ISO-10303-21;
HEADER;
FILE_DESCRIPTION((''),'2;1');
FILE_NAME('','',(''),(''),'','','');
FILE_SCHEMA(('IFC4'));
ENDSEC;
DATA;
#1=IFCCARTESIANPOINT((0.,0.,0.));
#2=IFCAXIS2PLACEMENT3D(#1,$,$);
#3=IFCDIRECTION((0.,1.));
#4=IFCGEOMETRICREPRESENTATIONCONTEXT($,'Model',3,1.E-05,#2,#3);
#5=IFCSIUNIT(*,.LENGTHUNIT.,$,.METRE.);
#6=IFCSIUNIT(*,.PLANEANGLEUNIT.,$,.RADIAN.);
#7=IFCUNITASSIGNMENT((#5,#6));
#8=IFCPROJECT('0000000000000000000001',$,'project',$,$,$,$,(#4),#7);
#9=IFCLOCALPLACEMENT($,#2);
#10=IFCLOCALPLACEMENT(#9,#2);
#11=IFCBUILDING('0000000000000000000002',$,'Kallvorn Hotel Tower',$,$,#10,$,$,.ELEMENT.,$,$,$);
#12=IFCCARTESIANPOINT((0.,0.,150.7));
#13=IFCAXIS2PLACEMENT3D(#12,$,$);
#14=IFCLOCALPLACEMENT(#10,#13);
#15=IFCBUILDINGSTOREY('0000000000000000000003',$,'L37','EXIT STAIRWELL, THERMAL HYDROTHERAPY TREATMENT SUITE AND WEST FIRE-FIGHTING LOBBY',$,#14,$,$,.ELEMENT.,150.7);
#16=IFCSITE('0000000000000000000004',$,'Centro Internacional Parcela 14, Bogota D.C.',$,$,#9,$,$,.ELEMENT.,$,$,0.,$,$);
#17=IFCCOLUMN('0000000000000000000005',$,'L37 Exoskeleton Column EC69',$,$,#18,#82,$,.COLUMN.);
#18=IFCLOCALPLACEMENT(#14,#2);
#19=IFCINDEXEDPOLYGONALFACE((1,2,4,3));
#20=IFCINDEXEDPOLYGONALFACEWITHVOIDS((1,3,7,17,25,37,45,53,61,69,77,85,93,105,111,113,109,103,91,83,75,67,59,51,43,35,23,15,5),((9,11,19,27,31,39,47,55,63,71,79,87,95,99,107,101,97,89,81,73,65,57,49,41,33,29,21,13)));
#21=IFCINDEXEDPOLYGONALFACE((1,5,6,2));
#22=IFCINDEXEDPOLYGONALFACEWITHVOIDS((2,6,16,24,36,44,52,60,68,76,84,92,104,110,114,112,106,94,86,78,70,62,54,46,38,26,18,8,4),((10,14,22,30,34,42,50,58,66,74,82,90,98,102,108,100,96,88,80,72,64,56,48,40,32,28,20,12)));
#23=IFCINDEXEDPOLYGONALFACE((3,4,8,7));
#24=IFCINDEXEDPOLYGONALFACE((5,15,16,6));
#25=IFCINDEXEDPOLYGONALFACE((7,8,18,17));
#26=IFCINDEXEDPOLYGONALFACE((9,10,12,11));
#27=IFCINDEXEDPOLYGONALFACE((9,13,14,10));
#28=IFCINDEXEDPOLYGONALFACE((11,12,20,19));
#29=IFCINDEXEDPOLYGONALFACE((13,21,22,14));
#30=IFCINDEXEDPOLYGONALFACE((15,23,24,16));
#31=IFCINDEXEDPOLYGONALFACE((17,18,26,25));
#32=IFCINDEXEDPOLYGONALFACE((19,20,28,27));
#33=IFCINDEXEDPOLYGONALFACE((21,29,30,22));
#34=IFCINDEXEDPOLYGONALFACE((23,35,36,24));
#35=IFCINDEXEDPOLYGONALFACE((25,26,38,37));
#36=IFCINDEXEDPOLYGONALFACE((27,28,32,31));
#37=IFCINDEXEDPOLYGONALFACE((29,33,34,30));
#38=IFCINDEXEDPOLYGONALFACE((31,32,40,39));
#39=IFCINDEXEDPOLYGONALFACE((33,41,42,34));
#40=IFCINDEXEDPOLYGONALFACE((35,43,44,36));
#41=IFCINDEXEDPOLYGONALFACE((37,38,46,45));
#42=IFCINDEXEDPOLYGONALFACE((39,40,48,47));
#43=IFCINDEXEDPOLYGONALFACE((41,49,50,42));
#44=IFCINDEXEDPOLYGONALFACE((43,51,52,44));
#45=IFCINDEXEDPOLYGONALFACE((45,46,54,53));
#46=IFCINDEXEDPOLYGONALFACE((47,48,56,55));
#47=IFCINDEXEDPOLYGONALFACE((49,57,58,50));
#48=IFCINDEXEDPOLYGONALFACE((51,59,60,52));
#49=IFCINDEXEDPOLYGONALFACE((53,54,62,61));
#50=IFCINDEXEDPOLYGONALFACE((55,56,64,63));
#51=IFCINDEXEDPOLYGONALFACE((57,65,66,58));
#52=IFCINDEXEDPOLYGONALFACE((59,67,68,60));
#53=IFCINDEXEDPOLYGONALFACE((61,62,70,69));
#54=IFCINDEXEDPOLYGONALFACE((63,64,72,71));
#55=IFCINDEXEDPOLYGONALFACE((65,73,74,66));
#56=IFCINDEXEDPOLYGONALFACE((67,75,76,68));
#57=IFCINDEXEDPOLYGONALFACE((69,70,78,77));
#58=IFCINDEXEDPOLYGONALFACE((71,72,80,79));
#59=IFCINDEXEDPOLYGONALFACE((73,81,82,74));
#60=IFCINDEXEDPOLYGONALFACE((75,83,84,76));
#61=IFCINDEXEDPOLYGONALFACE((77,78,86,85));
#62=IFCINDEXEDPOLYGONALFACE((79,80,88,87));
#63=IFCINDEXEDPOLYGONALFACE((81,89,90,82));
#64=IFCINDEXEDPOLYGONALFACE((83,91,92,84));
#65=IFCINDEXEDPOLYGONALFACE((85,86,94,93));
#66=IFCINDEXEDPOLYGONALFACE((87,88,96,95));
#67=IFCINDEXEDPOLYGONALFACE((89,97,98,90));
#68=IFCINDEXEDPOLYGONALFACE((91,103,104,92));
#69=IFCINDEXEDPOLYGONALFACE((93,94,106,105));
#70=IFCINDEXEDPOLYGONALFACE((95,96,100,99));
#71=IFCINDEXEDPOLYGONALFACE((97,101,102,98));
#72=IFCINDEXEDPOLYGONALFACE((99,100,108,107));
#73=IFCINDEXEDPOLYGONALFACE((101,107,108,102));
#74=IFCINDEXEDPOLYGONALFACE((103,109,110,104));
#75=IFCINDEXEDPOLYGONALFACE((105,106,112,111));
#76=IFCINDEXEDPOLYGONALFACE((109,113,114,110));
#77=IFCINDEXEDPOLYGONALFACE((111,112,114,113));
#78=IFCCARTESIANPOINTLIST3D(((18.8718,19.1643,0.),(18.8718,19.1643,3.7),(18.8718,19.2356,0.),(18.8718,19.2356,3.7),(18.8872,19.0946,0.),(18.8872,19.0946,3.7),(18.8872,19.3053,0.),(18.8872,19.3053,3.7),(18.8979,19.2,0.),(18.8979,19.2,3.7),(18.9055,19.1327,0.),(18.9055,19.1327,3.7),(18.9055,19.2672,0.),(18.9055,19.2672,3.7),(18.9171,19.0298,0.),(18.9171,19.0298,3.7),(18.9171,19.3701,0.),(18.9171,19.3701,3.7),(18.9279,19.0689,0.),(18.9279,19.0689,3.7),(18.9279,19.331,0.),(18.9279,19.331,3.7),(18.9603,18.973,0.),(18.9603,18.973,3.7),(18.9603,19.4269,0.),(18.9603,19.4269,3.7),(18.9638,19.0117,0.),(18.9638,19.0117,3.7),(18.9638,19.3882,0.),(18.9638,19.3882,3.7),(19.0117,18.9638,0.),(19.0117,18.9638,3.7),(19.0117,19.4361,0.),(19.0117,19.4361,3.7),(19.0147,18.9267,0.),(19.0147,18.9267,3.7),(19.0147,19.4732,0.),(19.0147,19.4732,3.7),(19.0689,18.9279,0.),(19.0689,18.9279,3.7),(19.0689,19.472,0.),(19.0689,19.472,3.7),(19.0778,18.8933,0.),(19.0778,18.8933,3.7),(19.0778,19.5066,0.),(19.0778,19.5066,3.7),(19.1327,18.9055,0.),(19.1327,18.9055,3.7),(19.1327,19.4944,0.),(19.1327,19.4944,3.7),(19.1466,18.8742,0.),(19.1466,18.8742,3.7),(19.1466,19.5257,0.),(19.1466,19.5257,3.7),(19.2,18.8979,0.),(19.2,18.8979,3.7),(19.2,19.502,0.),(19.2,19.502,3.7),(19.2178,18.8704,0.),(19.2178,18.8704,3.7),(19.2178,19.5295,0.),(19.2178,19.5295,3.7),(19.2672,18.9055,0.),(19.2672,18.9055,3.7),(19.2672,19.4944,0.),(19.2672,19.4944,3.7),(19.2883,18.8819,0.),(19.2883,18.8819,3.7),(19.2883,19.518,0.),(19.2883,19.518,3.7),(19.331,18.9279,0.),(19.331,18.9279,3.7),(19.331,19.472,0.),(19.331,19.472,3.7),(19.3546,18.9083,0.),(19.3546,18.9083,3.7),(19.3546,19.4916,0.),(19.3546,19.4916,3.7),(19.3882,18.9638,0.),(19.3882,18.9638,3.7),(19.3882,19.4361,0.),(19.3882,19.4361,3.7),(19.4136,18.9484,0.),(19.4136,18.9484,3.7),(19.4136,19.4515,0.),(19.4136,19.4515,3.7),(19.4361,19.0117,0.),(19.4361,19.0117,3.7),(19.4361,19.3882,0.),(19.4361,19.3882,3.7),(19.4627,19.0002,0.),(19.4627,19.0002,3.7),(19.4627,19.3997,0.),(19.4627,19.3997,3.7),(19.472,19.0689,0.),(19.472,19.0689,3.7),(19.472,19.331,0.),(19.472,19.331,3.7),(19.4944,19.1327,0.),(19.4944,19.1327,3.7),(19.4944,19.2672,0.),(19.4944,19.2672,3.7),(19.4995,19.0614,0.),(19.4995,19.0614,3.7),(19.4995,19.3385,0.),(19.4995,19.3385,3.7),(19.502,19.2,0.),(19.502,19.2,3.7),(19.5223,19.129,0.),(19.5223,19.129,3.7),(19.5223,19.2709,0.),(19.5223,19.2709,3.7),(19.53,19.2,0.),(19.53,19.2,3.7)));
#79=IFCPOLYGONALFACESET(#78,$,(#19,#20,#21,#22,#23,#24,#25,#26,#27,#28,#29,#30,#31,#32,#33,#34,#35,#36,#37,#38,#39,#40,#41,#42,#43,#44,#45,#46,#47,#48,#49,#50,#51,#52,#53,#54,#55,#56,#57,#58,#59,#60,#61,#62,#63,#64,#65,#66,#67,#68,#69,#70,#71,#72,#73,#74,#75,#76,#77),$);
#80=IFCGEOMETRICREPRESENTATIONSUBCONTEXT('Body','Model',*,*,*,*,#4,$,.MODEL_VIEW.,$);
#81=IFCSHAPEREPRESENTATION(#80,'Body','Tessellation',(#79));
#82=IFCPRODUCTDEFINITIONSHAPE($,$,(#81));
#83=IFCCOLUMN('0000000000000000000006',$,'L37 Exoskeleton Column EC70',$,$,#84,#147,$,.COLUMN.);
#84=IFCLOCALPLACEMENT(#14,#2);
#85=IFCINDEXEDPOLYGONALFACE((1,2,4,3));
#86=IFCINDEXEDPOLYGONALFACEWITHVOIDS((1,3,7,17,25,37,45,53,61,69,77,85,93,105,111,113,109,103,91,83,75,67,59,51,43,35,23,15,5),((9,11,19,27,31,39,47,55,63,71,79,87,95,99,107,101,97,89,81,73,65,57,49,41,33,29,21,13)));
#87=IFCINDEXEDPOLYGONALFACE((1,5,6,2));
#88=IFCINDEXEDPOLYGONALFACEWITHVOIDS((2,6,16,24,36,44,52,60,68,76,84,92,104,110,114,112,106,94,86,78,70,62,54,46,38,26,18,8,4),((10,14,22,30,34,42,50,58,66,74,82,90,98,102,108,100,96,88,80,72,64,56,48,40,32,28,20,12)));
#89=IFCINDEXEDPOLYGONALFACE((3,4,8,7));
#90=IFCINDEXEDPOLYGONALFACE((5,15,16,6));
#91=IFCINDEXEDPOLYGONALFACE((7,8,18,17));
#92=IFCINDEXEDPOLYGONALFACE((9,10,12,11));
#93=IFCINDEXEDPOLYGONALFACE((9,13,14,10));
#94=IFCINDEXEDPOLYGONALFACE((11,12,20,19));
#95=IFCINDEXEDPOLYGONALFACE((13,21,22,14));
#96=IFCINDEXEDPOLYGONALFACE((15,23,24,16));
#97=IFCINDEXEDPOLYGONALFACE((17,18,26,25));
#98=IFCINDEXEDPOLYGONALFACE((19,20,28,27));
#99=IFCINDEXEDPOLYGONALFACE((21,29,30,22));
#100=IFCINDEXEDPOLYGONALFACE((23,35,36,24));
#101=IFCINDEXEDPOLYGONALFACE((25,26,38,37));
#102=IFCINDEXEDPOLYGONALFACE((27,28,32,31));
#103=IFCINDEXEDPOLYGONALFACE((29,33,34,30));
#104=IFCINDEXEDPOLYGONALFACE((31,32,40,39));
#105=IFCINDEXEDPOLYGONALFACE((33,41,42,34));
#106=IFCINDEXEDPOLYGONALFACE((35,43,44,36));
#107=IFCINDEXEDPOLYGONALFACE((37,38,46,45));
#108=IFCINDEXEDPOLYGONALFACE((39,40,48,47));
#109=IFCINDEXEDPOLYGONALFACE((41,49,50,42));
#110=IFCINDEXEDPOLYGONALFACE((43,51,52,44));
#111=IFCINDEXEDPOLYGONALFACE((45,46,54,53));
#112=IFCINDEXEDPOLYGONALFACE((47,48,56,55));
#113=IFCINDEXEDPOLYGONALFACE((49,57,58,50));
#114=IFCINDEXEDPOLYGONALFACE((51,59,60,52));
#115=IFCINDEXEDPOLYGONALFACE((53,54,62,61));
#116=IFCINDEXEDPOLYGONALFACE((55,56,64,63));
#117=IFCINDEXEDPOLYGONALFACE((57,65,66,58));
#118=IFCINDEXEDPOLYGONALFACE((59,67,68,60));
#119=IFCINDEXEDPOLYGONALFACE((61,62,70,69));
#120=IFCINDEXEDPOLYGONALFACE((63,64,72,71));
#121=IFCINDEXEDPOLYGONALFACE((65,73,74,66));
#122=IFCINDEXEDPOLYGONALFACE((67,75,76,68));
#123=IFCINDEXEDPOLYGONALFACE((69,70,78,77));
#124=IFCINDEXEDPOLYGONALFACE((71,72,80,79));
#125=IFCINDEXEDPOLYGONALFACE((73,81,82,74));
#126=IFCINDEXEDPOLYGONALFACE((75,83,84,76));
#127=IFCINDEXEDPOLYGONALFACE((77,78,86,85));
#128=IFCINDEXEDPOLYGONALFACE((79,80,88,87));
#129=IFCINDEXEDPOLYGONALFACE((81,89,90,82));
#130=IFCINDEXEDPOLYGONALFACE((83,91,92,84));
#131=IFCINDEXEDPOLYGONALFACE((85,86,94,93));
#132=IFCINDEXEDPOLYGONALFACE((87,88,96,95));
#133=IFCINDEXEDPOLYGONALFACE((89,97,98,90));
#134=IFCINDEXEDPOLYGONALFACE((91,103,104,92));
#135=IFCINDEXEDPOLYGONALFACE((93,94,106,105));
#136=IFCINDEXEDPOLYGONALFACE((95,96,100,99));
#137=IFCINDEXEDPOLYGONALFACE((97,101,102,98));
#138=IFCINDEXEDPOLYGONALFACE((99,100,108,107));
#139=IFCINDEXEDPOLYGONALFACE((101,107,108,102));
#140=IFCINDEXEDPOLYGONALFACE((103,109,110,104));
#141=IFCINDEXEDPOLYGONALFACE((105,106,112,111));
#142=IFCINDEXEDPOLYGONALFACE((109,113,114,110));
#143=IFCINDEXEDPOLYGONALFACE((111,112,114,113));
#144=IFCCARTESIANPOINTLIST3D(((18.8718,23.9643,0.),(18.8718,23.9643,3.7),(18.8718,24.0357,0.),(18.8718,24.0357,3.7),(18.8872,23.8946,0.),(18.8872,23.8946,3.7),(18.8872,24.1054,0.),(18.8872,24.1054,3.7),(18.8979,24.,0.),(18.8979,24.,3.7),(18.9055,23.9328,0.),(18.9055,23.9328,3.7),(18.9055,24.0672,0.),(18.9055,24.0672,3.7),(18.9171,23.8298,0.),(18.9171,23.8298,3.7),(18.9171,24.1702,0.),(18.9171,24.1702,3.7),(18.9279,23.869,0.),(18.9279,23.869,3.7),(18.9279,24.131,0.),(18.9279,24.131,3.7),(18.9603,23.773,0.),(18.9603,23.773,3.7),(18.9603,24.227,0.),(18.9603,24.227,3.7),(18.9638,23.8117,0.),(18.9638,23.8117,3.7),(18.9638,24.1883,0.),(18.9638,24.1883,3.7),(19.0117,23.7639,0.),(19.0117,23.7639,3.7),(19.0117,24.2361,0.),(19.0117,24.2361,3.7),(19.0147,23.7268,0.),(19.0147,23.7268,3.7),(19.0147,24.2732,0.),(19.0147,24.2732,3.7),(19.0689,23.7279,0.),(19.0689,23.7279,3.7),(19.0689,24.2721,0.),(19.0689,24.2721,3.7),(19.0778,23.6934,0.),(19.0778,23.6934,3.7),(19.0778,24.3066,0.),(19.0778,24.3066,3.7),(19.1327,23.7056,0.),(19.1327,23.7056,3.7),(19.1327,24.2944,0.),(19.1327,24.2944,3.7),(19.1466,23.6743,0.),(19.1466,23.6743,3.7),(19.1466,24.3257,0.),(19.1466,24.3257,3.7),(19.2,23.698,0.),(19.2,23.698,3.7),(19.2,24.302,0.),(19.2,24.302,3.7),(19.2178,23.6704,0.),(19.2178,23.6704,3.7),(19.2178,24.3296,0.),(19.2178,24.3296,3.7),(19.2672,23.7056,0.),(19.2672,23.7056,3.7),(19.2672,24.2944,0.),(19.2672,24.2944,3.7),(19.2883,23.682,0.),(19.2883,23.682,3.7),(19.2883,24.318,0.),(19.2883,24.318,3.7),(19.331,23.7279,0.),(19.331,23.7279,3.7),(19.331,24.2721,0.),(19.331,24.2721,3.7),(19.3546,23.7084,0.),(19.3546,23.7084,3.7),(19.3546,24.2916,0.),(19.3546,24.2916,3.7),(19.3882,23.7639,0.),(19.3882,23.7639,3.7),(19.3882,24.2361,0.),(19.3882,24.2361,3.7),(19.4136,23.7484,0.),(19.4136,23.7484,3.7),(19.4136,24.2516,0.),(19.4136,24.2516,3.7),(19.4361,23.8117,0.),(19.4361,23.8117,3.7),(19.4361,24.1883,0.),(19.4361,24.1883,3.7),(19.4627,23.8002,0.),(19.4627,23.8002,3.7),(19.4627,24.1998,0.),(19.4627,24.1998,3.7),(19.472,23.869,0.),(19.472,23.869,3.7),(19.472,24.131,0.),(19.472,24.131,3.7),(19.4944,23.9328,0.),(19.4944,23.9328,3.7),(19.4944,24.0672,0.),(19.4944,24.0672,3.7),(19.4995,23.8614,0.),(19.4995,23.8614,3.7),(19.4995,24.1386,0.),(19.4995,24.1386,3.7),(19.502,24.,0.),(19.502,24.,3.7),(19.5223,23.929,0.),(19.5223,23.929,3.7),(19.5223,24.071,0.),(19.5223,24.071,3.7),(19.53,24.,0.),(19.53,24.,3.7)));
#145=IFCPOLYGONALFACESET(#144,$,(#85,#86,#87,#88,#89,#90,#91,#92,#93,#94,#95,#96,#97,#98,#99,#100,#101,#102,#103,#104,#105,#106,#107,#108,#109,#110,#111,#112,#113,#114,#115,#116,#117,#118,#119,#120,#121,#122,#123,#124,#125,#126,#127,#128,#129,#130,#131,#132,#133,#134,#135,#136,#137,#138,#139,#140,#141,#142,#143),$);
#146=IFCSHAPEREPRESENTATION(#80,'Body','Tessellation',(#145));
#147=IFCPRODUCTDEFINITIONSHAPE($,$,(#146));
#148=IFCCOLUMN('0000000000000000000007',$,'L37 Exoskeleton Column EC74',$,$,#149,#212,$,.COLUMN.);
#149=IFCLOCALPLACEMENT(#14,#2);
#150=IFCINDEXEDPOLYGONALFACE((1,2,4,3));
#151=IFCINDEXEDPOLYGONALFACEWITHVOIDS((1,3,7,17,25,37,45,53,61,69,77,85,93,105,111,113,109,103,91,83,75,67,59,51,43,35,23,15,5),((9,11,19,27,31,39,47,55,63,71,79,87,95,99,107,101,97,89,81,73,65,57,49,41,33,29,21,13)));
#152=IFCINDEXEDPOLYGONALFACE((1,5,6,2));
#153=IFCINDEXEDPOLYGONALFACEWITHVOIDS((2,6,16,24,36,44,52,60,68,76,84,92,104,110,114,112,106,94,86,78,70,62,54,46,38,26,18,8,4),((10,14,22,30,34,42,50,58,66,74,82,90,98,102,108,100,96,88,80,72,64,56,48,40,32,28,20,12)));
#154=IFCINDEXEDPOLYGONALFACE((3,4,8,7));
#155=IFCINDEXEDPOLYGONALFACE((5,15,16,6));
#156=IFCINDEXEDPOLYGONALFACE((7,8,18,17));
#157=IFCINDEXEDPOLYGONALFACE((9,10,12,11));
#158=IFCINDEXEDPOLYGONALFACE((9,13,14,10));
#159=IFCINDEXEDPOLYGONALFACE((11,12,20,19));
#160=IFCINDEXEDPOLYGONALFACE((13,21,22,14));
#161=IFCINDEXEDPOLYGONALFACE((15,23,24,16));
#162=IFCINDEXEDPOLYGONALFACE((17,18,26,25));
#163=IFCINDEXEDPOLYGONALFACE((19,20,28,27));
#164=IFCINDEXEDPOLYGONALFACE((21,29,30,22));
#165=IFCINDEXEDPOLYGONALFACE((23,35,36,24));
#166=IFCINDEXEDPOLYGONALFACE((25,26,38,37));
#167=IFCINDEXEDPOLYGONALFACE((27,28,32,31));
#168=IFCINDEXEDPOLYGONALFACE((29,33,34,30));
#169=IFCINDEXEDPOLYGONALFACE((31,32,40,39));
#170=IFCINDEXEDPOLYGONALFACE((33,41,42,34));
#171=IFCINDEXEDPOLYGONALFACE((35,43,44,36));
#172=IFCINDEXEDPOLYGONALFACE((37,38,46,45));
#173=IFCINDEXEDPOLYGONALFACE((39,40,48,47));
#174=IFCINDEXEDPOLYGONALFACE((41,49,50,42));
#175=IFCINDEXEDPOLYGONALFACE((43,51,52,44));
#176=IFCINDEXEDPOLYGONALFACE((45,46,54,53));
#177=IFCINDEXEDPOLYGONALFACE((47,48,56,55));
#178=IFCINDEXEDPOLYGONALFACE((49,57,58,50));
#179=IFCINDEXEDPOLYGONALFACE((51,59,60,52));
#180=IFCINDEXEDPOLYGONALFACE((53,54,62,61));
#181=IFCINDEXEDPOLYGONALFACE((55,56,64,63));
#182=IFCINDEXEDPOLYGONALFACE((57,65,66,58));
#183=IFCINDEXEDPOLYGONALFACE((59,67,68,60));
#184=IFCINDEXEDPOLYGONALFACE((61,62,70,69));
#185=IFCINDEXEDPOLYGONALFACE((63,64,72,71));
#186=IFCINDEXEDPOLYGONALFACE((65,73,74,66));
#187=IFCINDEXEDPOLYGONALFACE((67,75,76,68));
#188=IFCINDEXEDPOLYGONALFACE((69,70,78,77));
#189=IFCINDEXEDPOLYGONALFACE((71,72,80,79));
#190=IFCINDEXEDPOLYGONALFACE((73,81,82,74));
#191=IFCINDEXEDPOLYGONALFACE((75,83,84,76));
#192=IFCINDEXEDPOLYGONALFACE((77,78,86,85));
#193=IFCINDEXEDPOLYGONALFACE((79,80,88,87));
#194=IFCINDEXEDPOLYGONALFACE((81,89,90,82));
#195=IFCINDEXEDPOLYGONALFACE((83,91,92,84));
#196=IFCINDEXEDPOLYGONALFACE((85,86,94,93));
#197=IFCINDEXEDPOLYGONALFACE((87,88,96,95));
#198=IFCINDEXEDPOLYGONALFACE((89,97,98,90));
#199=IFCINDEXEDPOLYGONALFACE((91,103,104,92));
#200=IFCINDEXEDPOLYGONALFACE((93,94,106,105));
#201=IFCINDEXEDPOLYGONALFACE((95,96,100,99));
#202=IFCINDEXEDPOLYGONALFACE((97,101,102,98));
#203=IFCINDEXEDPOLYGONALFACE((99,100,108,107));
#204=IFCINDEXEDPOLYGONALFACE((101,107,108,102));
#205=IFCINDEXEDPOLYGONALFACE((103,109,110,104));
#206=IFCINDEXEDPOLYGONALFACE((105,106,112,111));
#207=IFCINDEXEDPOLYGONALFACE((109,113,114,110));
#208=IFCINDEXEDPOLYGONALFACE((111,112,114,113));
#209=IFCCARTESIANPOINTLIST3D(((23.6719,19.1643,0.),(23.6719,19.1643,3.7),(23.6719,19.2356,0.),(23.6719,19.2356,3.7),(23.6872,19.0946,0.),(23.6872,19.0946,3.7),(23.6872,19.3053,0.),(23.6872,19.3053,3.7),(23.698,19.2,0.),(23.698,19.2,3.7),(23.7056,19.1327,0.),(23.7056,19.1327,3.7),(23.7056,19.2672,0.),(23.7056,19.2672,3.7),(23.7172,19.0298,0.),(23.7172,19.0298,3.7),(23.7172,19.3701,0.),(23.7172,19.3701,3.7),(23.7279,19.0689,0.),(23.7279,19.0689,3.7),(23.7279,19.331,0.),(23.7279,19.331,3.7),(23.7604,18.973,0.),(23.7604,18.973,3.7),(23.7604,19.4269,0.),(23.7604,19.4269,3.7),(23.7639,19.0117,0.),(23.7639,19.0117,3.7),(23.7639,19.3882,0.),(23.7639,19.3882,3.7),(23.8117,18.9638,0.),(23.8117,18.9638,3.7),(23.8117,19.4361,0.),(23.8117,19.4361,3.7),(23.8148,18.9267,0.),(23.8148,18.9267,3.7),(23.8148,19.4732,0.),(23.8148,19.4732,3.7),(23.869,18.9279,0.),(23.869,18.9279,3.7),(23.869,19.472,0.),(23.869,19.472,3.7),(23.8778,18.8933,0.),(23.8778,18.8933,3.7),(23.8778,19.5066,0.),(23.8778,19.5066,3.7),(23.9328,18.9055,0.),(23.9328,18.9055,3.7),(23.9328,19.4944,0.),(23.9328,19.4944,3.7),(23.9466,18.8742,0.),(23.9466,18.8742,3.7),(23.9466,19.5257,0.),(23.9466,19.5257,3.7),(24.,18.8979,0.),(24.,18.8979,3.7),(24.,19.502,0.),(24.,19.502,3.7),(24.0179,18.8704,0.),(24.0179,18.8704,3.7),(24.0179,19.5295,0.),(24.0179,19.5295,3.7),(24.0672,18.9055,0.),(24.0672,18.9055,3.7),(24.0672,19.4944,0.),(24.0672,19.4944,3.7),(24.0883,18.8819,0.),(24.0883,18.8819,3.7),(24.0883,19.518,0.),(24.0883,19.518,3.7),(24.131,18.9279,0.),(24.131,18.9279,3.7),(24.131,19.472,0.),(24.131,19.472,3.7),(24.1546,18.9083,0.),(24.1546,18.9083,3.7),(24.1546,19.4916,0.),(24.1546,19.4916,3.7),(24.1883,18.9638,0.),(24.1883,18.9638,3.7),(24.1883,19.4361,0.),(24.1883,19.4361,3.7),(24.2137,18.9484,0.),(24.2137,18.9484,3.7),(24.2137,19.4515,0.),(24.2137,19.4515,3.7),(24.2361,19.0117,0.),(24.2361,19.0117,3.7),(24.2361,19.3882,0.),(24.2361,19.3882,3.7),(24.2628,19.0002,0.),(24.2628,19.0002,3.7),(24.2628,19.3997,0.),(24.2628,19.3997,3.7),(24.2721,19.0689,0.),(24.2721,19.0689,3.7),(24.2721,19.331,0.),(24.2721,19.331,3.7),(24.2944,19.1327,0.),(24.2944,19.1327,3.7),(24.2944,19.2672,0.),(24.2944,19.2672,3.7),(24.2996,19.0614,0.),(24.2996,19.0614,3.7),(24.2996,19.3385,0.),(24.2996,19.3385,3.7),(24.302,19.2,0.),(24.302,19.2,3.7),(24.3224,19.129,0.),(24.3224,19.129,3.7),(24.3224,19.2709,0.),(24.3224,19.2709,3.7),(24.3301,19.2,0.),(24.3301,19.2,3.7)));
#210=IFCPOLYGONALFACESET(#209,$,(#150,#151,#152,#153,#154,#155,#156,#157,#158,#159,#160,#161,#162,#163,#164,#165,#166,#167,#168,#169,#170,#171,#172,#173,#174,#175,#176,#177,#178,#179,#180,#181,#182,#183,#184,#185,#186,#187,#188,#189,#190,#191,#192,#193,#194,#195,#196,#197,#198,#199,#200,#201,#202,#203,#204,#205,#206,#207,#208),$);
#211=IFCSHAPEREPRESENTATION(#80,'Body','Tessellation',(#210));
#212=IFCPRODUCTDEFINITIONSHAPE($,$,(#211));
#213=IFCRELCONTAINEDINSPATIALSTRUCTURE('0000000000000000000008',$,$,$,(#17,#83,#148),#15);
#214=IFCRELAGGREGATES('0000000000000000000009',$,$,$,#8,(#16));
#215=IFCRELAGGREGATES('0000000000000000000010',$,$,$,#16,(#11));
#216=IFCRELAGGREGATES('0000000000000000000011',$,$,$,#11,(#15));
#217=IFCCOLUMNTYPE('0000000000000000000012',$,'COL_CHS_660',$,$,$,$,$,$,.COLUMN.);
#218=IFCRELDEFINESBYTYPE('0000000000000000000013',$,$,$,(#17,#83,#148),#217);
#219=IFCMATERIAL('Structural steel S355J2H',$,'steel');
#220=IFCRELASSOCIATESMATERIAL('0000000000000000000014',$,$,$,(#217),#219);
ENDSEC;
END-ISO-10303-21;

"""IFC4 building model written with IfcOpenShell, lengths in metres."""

from ifc_helpers import new_model, si_unit, direction, frame, origin, origin_2d, place, context, subcontext, project, spatial, hollow_circle, extrude, material, material_profile, profile_set, type_object, element, save


model = new_model("IFC4")

# Units and contexts
model_context = context("Model", 3, precision=1e-05, world=origin(), true_north=direction((0.0, 1.0)))
body_context = subcontext(model_context, "Body", "Model", "MODEL_VIEW")
ifc_project = project(units=[si_unit("LENGTHUNIT", "METRE"), si_unit("PLANEANGLEUNIT", "RADIAN")], contexts=[model_context])

# Site, building, storey
site_placement = place(None, origin())
site = spatial("IfcSite", under=ifc_project, at=site_placement, Name="Centro Internacional Parcela 14, Bogota D.C.", CompositionType="ELEMENT", RefElevation=0.0)
building_placement = place(site_placement, origin())
building = spatial("IfcBuilding", under=site, at=building_placement, Name="Kallvorn Hotel Tower", CompositionType="ELEMENT")
storey_placement = place(building_placement, frame((0.0, 0.0, 150.7)))
storey = spatial("IfcBuildingStorey", under=building, at=storey_placement, Name="L37", Description="EXIT STAIRWELL, THERMAL HYDROTHERAPY TREATMENT SUITE AND WEST FIRE-FIGHTING LOBBY", CompositionType="ELEMENT", Elevation=150.7)

# Columns
ifc_material_1 = material(Name="Structural steel S355J2H", Category="steel")
ifc_material_profile_1 = material_profile(ifc_material_1, hollow_circle(Radius=0.3301, WallThickness=0.0281, at=origin_2d()), Name="CHS 660x28")
ifc_profile_set_1 = profile_set([ifc_material_profile_1], Name="Structural steel S355J2H")
column_type_1 = type_object("IfcColumnType", Name="COL_CHS_660", PredefinedType="COLUMN", material=ifc_profile_set_1)
for number, where, z_axis, x_axis, name in (
    (1, (19.2, 19.2, 0.0), (0.0, 0.0, 1.0), (1.0, 0.0, 0.0), "L37 Exoskeleton Column EC69"),
    (2, (19.2, 24.0, 0.0), (0.0, 0.0, 1.0), (1.0, 0.0, 0.0), "L37 Exoskeleton Column EC70"),
    (3, (24.0, 19.2, 0.0), (0.0, 0.0, 1.0), (1.0, 0.0, 0.0), "L37 Exoskeleton Column EC74"),
):
    element("IfcColumn", number, at=place(storey_placement, frame(where, z_axis=z_axis, x_axis=x_axis)), inside=storey, type_object=column_type_1, Name=name, PredefinedType="COLUMN", context=body_context, shape_type="SweptSolid", body=[
        extrude(hollow_circle(Radius=0.3301, WallThickness=0.0281, at=origin_2d()), origin(), (0.0, 0.0, 1.0), 3.7),
    ])

save(model, "model.ifc")
